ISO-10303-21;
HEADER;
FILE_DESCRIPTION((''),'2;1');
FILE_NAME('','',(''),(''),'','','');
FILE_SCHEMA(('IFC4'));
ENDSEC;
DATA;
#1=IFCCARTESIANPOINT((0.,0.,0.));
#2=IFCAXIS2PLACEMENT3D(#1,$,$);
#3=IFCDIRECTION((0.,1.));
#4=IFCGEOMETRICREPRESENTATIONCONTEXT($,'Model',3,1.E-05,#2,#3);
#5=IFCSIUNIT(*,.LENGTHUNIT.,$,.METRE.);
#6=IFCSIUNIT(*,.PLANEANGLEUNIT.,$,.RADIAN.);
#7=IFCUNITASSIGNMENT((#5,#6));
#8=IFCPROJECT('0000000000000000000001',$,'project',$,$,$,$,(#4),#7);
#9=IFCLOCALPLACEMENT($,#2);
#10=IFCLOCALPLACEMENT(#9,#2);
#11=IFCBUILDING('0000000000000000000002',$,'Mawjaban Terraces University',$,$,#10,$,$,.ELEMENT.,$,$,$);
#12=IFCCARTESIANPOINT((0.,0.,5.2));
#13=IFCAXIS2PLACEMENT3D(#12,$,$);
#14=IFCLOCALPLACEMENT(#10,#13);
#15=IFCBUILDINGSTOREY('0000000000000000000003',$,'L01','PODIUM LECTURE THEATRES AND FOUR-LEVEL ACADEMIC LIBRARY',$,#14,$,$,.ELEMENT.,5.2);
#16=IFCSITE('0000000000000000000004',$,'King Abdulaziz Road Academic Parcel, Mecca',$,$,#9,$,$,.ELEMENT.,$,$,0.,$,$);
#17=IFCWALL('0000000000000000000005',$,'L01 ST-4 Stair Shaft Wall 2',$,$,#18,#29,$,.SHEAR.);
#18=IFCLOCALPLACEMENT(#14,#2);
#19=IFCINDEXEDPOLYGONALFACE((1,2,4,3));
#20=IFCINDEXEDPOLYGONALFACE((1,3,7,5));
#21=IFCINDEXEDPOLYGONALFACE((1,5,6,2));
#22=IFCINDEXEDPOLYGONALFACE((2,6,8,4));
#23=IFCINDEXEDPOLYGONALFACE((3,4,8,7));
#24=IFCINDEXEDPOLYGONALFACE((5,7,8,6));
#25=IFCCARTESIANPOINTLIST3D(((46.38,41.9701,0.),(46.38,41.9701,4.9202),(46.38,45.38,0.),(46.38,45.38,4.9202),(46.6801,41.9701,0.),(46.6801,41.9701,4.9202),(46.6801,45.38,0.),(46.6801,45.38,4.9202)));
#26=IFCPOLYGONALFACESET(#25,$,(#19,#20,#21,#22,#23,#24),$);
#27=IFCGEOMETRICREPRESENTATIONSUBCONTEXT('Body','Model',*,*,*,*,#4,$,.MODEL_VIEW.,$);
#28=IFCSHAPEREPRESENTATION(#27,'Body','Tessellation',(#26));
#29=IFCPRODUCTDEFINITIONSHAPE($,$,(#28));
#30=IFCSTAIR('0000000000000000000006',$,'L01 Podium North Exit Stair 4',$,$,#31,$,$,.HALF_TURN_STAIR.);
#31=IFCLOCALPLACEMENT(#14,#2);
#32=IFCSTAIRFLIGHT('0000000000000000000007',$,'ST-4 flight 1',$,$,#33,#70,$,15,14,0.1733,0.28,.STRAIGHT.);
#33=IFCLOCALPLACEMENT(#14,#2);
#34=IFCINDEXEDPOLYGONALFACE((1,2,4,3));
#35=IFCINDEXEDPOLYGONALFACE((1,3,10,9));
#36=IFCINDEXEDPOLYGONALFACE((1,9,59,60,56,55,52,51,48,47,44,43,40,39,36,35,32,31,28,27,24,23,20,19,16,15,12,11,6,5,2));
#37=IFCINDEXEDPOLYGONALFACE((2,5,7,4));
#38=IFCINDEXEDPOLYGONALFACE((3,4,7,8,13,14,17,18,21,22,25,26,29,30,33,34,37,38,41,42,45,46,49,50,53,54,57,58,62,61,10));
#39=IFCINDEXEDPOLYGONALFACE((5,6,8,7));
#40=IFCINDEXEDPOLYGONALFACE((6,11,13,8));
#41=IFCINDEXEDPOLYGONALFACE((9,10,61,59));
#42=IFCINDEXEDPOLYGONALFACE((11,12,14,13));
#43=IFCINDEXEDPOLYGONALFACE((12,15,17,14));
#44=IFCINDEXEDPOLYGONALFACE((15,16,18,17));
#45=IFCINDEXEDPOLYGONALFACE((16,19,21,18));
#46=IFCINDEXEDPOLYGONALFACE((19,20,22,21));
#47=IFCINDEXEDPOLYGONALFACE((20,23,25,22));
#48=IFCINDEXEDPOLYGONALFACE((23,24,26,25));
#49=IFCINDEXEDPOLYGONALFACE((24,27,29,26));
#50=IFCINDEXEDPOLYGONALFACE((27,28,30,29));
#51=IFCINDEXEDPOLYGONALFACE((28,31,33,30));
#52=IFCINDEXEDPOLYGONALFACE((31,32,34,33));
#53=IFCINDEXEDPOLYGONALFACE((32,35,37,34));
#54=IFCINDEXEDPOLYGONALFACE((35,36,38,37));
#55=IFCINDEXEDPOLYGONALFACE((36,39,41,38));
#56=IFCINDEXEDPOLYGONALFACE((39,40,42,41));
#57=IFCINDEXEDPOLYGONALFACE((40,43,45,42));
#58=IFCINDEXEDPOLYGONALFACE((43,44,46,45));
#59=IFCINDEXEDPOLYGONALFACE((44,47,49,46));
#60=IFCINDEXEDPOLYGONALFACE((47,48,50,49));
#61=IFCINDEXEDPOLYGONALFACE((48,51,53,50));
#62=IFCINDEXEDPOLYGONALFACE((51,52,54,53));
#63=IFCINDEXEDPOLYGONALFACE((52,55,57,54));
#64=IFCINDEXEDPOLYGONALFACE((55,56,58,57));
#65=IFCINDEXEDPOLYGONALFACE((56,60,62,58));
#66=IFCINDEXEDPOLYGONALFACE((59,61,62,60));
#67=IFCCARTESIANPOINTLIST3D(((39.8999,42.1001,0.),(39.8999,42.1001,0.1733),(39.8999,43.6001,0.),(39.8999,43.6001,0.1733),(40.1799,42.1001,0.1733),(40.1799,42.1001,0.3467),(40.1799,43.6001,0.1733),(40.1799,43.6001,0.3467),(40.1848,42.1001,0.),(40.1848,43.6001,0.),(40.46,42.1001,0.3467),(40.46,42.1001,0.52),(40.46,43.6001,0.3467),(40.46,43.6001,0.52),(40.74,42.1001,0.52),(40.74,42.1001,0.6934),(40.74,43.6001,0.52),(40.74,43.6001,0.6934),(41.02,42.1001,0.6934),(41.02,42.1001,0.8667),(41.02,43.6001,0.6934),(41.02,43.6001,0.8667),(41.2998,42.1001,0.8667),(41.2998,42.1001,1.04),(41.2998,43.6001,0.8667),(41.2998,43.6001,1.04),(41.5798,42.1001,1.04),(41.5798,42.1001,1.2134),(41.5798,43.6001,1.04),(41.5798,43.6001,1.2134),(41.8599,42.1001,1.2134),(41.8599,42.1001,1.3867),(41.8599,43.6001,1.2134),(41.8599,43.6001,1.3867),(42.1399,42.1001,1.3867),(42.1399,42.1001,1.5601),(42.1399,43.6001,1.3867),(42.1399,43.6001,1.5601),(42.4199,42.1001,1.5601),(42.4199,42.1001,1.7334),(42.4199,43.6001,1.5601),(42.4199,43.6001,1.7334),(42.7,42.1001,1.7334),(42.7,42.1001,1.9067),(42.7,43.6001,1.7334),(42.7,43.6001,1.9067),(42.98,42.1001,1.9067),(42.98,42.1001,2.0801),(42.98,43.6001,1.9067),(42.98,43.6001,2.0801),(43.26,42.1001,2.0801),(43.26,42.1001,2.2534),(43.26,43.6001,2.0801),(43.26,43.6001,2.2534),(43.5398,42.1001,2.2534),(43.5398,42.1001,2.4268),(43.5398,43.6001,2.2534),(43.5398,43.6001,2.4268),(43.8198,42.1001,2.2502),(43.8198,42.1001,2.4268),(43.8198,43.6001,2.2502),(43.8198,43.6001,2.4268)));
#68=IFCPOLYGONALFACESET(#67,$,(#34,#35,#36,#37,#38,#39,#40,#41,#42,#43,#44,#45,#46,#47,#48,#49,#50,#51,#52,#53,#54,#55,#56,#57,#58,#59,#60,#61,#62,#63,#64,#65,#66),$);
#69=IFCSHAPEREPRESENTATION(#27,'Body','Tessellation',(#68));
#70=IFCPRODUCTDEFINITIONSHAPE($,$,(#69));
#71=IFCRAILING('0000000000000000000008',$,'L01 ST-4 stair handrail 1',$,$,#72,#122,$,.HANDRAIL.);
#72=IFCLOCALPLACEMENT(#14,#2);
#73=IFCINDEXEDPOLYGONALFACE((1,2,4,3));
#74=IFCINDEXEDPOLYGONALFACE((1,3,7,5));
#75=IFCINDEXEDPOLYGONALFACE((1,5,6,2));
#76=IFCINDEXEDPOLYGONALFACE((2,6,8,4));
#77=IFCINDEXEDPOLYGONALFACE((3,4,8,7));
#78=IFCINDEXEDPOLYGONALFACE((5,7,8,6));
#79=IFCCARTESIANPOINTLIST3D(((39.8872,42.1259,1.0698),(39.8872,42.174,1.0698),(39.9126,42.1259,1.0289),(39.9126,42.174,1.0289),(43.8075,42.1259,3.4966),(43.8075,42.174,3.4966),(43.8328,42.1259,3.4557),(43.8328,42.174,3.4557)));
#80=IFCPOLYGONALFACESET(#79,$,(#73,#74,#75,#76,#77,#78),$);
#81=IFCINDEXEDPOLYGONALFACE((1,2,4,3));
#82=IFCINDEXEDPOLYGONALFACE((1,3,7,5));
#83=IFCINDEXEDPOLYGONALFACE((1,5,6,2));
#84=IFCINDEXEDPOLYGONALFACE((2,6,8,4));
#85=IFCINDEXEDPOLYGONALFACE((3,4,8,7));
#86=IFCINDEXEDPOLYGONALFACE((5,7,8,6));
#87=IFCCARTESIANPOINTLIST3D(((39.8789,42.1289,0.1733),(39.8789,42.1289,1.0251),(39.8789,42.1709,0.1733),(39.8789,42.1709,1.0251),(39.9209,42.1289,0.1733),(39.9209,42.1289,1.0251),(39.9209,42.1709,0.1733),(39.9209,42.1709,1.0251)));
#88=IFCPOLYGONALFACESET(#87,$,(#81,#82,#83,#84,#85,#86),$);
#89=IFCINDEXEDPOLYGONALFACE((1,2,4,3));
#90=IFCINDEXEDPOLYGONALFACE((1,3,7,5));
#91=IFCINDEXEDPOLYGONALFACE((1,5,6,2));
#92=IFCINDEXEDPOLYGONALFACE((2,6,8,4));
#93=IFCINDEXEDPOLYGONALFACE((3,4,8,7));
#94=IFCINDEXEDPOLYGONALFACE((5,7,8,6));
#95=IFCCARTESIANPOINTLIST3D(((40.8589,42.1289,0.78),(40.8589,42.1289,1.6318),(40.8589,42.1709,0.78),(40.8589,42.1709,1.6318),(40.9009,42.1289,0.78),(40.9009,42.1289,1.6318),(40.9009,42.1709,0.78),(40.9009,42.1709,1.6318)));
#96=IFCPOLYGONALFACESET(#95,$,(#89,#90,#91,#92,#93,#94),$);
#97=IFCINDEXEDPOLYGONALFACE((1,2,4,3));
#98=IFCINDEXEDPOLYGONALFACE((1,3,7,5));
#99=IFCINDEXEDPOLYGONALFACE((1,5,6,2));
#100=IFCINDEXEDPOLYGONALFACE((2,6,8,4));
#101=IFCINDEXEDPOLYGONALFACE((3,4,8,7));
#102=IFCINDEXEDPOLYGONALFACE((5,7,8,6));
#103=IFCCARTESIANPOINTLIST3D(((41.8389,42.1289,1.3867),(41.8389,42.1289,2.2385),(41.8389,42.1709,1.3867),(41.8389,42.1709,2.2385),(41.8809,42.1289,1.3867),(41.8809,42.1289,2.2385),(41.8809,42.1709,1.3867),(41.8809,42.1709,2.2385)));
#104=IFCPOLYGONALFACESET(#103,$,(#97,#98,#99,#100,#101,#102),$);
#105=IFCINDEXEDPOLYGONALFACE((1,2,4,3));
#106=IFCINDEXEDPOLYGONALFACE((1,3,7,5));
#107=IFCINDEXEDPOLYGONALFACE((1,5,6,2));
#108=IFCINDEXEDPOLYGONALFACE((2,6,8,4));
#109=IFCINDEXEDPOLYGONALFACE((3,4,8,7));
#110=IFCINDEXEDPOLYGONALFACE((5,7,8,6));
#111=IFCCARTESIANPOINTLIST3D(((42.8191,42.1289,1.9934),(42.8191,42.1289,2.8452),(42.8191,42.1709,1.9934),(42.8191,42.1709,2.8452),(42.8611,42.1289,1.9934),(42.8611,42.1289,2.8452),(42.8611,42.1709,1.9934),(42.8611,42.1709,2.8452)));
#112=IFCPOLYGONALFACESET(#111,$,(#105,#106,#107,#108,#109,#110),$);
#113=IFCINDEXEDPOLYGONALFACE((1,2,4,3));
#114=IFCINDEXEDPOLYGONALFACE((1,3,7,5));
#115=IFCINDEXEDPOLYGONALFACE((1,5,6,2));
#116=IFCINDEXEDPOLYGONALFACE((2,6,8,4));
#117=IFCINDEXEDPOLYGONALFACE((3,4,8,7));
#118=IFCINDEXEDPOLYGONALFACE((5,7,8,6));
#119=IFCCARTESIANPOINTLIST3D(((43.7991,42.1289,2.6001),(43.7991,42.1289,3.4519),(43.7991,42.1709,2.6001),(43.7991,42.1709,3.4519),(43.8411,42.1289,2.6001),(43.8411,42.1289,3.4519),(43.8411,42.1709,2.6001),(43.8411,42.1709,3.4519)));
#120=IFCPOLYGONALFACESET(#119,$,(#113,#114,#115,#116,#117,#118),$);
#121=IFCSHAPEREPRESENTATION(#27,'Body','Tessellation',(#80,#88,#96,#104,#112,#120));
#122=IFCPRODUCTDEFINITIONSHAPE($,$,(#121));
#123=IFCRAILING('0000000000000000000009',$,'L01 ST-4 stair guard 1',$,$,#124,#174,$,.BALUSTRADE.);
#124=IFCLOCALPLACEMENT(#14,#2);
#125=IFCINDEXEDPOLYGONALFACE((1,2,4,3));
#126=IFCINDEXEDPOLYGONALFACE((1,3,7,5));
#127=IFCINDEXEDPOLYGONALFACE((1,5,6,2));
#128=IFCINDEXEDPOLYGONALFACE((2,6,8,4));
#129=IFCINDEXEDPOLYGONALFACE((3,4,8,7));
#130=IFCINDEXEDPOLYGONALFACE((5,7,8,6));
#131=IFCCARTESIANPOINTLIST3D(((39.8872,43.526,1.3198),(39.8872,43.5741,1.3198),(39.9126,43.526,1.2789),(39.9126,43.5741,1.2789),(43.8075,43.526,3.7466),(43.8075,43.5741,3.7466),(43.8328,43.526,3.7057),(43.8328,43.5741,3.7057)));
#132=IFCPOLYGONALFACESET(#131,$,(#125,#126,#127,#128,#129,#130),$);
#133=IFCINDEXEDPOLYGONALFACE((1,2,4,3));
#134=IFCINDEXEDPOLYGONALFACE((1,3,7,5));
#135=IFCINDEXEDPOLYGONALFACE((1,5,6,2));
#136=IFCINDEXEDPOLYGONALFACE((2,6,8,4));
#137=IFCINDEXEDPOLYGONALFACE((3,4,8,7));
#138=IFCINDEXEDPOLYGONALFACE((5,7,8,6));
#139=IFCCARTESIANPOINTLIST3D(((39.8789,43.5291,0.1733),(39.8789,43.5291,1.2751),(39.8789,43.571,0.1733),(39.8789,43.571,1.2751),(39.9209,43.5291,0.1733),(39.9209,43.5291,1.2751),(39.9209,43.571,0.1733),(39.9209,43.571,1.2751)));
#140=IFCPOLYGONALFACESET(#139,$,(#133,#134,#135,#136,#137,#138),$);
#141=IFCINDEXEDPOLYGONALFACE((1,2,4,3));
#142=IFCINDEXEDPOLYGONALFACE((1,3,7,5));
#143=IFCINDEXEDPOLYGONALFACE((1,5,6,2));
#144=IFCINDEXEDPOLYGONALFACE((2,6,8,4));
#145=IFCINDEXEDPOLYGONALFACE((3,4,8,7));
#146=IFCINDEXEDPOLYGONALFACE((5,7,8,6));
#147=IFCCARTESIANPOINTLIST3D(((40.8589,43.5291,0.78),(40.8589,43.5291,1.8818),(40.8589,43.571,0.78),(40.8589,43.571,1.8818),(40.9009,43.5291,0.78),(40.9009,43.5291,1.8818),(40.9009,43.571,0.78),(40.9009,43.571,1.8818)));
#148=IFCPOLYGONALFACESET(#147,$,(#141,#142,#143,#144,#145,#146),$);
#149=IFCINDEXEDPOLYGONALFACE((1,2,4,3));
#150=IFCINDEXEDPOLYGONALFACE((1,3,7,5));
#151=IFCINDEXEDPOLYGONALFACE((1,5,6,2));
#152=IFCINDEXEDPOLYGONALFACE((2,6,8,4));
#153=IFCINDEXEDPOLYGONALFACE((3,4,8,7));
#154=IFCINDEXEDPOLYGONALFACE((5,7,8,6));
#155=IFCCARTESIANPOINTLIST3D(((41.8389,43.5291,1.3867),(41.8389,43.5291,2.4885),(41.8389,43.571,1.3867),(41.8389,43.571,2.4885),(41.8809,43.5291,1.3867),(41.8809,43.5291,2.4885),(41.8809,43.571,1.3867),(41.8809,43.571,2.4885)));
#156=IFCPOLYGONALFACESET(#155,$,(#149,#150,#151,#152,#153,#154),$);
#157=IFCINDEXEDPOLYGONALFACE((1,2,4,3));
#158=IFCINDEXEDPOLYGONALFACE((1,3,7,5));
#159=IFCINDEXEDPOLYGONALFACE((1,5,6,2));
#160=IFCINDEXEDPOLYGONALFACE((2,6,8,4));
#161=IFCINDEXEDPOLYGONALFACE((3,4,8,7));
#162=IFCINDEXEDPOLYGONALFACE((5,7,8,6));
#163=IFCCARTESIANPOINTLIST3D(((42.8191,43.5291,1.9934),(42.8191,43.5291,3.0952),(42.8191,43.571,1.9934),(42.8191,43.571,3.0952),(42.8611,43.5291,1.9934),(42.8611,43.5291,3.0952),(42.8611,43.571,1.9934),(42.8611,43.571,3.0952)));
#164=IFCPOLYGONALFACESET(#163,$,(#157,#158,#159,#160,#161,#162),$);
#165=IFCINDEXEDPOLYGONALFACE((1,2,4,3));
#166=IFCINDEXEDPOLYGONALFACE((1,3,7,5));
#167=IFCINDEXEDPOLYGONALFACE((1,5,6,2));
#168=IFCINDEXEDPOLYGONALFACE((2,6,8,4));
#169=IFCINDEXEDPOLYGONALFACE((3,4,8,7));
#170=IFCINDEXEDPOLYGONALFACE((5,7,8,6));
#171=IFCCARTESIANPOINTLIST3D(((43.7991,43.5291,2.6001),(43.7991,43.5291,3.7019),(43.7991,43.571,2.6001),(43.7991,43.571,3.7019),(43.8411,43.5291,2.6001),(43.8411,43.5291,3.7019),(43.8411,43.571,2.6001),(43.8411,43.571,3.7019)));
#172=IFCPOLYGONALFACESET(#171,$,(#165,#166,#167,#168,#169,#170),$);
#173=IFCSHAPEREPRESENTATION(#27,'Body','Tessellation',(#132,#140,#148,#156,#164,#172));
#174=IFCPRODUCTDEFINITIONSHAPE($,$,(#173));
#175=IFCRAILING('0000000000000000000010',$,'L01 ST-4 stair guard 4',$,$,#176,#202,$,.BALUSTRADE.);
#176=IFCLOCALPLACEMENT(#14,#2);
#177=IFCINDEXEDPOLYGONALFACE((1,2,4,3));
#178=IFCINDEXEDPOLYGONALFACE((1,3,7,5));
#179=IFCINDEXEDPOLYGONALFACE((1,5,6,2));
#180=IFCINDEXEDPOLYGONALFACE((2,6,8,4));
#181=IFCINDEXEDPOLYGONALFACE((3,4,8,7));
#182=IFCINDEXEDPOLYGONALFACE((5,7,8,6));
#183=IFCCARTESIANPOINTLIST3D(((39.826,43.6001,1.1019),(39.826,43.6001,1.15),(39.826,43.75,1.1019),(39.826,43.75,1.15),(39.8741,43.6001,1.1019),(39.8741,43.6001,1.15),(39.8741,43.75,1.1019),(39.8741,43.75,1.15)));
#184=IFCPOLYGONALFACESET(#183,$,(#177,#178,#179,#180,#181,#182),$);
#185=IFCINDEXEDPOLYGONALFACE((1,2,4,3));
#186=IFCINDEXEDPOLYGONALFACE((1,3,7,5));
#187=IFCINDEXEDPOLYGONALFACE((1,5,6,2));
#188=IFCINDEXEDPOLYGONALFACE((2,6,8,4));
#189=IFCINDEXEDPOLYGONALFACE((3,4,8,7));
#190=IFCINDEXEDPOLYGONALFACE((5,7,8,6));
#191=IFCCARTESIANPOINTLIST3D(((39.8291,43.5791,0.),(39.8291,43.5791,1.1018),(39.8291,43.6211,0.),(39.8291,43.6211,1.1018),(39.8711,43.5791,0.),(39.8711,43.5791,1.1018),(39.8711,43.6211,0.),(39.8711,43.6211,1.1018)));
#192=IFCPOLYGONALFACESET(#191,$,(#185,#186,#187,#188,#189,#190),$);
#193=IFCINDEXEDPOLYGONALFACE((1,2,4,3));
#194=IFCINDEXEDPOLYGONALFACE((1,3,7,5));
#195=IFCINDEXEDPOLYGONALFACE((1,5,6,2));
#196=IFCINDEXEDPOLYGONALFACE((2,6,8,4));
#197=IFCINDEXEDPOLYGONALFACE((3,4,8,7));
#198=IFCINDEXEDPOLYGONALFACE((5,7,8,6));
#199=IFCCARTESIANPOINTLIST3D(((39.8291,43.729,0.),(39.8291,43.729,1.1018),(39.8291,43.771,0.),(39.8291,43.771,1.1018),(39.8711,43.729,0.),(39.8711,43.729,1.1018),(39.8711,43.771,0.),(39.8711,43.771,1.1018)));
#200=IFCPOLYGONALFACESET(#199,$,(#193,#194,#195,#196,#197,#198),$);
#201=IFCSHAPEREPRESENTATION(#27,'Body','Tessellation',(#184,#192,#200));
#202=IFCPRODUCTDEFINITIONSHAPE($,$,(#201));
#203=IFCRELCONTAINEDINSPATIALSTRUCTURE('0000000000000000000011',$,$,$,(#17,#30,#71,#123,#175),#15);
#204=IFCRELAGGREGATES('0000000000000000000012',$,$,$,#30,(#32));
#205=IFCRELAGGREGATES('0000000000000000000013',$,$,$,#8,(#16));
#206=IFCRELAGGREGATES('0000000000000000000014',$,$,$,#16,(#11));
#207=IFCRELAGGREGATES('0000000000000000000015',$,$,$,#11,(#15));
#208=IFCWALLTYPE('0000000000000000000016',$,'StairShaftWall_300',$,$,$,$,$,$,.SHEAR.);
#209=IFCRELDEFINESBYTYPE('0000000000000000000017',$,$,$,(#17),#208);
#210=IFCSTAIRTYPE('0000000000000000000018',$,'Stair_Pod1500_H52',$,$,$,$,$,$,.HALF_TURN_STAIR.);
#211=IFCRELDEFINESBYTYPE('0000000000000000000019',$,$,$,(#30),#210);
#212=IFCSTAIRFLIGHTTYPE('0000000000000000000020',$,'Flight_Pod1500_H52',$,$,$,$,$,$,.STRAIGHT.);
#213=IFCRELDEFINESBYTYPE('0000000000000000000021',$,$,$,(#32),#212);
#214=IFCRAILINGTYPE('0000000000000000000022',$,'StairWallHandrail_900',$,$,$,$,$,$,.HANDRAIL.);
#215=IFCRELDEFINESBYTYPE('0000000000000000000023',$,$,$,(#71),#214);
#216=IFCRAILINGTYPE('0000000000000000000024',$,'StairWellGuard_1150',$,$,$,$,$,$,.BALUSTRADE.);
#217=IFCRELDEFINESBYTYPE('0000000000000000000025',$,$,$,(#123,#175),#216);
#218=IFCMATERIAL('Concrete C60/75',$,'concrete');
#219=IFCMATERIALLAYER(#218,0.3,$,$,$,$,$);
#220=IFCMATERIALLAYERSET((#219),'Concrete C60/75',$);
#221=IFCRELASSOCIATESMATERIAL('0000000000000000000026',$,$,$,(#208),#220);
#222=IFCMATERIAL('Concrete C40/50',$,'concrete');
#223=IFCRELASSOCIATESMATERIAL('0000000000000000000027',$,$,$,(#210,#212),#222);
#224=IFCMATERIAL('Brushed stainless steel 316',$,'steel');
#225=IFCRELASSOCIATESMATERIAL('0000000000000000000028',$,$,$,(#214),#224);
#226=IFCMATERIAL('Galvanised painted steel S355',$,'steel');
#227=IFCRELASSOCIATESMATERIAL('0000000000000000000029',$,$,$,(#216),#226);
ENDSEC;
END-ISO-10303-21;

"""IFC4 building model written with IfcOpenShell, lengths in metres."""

from ifc_helpers import new_model, si_unit, direction, frame, frame_2d, origin, origin_2d, place, context, subcontext, project, spatial, polyline, rectangle, outline, extrude, material, layer, layer_set, type_object, element, aggregate, save


model = new_model("IFC4")

# Units and contexts
model_context = context("Model", 3, precision=1e-05, world=origin(), true_north=direction((0.0, 1.0)))
body_context = subcontext(model_context, "Body", "Model", "MODEL_VIEW")
ifc_project = project(units=[si_unit("LENGTHUNIT", "METRE"), si_unit("PLANEANGLEUNIT", "RADIAN")], contexts=[model_context])

# Site, building, storey
site_placement = place(None, origin())
site = spatial("IfcSite", under=ifc_project, at=site_placement, Name="King Abdulaziz Road Academic Parcel, Mecca", CompositionType="ELEMENT", RefElevation=0.0)
building_placement = place(site_placement, origin())
building = spatial("IfcBuilding", under=site, at=building_placement, Name="Mawjaban Terraces University", CompositionType="ELEMENT")
storey_placement = place(building_placement, frame((0.0, 0.0, 5.2)))
storey = spatial("IfcBuildingStorey", under=building, at=storey_placement, Name="L01", Description="PODIUM LECTURE THEATRES AND FOUR-LEVEL ACADEMIC LIBRARY", CompositionType="ELEMENT", Elevation=5.2)

# Wall
ifc_material_1 = material(Name="Concrete C60/75", Category="concrete")
ifc_layer_1 = layer(ifc_material_1, 0.3)
ifc_layer_set_1 = layer_set([ifc_layer_1], Name="Concrete C60/75")
wall_type_1 = type_object("IfcWallType", Name="StairShaftWall_300", PredefinedType="SHEAR", material=ifc_layer_set_1)
wall_1_placement = place(storey_placement, frame((46.53, 41.97, 0.0), z_axis=(0.0, 0.0, 1.0), x_axis=(0.0, 1.0, 0.0)))
element("IfcWall", 1, at=wall_1_placement, inside=storey, type_object=wall_type_1, Name="L01 ST-4 Stair Shaft Wall 2", PredefinedType="SHEAR", context=body_context, shape_type="SweptSolid", body=[
    extrude(rectangle(XDim=3.4099, YDim=0.3, at=frame_2d((1.7051, 0.0))), origin(), (0.0, 0.0, 1.0), 4.9202),
])

# Stair, stair flight
ifc_material_2 = material(Name="Concrete C40/50", Category="concrete")
stair_type = type_object("IfcStairType", Name="Stair_Pod1500_H52", PredefinedType="HALF_TURN_STAIR", material=ifc_material_2)
stair_placement = place(storey_placement, origin())
stair = element("IfcStair", 2, at=stair_placement, inside=storey, type_object=stair_type, Name="L01 Podium North Exit Stair 4", PredefinedType="HALF_TURN_STAIR")
stair_flight_type = type_object("IfcStairFlightType", Name="Flight_Pod1500_H52", PredefinedType="STRAIGHT", material=ifc_material_2)
stair_flight_placement = place(storey_placement, frame((39.8999, 42.8501, 0.0), z_axis=(0.0, 0.0, 1.0), x_axis=(1.0, 0.0, 0.0)))
stair_flight = element("IfcStairFlight", 3, at=stair_flight_placement, type_object=stair_flight_type, Name="ST-4 flight 1", NumberOfRisers=15, NumberOfTreads=14, PredefinedType="STRAIGHT", RiserHeight=0.1733, TreadLength=0.28, context=body_context, shape_type="SweptSolid", body=[
    extrude(outline(polyline([(0.0, 0.0), (0.0, 0.1733), (0.28, 0.1733), (0.28, 0.3467), (0.5601, 0.3467), (0.5601, 0.52), (0.8401, 0.52), (0.8401, 0.6934), (1.1201, 0.6934), (1.1201, 0.8667), (1.3999, 0.8667), (1.3999, 1.04), (1.6799, 1.04), (1.6799, 1.2134), (1.96, 1.2134), (1.96, 1.3867), (2.24, 1.3867), (2.24, 1.5601), (2.52, 1.5601), (2.52, 1.7334), (2.8, 1.7334), (2.8, 1.9067), (3.0801, 1.9067), (3.0801, 2.0801), (3.3601, 2.0801), (3.3601, 2.2534), (3.6399, 2.2534), (3.6399, 2.4268), (3.9199, 2.4268), (3.9199, 2.6001), (3.9199, 2.2502), (0.2849, 0.0), (0.0, 0.0)])), frame((0.0, 0.75, 0.0), z_axis=(0.0, -1.0, 0.0), x_axis=(1.0, 0.0, 0.0)), (0.0, 0.0, 1.0), 1.5),
])
aggregate(stair, [stair_flight])

# Railings
ifc_material_3 = material(Name="Brushed stainless steel 316", Category="steel")
railing_type_1 = type_object("IfcRailingType", Name="StairWallHandrail_900", PredefinedType="HANDRAIL", material=ifc_material_3)
railing_1_placement = place(storey_placement, frame((39.8999, 42.1499, 0.1733)))
element("IfcRailing", 4, at=railing_1_placement, inside=storey, type_object=railing_type_1, Name="L01 ST-4 stair handrail 1", PredefinedType="HANDRAIL", context=body_context, shape_type="SweptSolid", body=[
    extrude(rectangle(XDim=0.0481, YDim=0.0481, at=origin_2d()), frame((0.0, 0.0, 0.876), z_axis=(0.850266, 0.0, 0.526353), x_axis=(0.0, 1.0, 0.0)), (0.0, 0.0, 1.0), 4.6106),
    extrude(rectangle(XDim=0.042, YDim=0.042, at=origin_2d()), origin(), (0.0, 0.0, 1.0), 0.8518),
    extrude(rectangle(XDim=0.042, YDim=0.042, at=origin_2d()), frame((0.98, 0.0, 0.6067)), (0.0, 0.0, 1.0), 0.8518),
    extrude(rectangle(XDim=0.042, YDim=0.042, at=origin_2d()), frame((1.96, 0.0, 1.2134)), (0.0, 0.0, 1.0), 0.8518),
    extrude(rectangle(XDim=0.042, YDim=0.042, at=origin_2d()), frame((2.9402, 0.0, 1.8201)), (0.0, 0.0, 1.0), 0.8518),
    extrude(rectangle(XDim=0.042, YDim=0.042, at=origin_2d()), frame((3.9202, 0.0, 2.4268)), (0.0, 0.0, 1.0), 0.8518),
])
ifc_material_4 = material(Name="Galvanised painted steel S355", Category="steel")
railing_type_2 = type_object("IfcRailingType", Name="StairWellGuard_1150", PredefinedType="BALUSTRADE", material=ifc_material_4)
railing_2_placement = place(storey_placement, frame((39.8999, 43.55, 0.1733)))
element("IfcRailing", 5, at=railing_2_placement, inside=storey, type_object=railing_type_2, Name="L01 ST-4 stair guard 1", PredefinedType="BALUSTRADE", context=body_context, shape_type="SweptSolid", body=[
    extrude(rectangle(XDim=0.0481, YDim=0.0481, at=origin_2d()), frame((0.0, 0.0, 1.126), z_axis=(0.850266, 0.0, 0.526353), x_axis=(0.0, 1.0, 0.0)), (0.0, 0.0, 1.0), 4.6106),
    extrude(rectangle(XDim=0.042, YDim=0.042, at=origin_2d()), origin(), (0.0, 0.0, 1.0), 1.1018),
    extrude(rectangle(XDim=0.042, YDim=0.042, at=origin_2d()), frame((0.98, 0.0, 0.6067)), (0.0, 0.0, 1.0), 1.1018),
    extrude(rectangle(XDim=0.042, YDim=0.042, at=origin_2d()), frame((1.96, 0.0, 1.2134)), (0.0, 0.0, 1.0), 1.1018),
    extrude(rectangle(XDim=0.042, YDim=0.042, at=origin_2d()), frame((2.9402, 0.0, 1.8201)), (0.0, 0.0, 1.0), 1.1018),
    extrude(rectangle(XDim=0.042, YDim=0.042, at=origin_2d()), frame((3.9202, 0.0, 2.4268)), (0.0, 0.0, 1.0), 1.1018),
])
railing_3_placement = place(storey_placement, frame((39.8501, 43.6001, 0.0)))
element("IfcRailing", 6, at=railing_3_placement, inside=storey, type_object=railing_type_2, Name="L01 ST-4 stair guard 4", PredefinedType="BALUSTRADE", context=body_context, shape_type="SweptSolid", body=[
    extrude(rectangle(XDim=0.0481, YDim=0.0481, at=origin_2d()), frame((0.0, 0.0, 1.126), z_axis=(0.0, 1.0, 0.0), x_axis=(-1.0, 0.0, 0.0)), (0.0, 0.0, 1.0), 0.1499),
    extrude(rectangle(XDim=0.042, YDim=0.042, at=origin_2d()), origin(), (0.0, 0.0, 1.0), 1.1018),
    extrude(rectangle(XDim=0.042, YDim=0.042, at=origin_2d()), frame((0.0, 0.1499, 0.0)), (0.0, 0.0, 1.0), 1.1018),
])

save(model, "model.ifc")
